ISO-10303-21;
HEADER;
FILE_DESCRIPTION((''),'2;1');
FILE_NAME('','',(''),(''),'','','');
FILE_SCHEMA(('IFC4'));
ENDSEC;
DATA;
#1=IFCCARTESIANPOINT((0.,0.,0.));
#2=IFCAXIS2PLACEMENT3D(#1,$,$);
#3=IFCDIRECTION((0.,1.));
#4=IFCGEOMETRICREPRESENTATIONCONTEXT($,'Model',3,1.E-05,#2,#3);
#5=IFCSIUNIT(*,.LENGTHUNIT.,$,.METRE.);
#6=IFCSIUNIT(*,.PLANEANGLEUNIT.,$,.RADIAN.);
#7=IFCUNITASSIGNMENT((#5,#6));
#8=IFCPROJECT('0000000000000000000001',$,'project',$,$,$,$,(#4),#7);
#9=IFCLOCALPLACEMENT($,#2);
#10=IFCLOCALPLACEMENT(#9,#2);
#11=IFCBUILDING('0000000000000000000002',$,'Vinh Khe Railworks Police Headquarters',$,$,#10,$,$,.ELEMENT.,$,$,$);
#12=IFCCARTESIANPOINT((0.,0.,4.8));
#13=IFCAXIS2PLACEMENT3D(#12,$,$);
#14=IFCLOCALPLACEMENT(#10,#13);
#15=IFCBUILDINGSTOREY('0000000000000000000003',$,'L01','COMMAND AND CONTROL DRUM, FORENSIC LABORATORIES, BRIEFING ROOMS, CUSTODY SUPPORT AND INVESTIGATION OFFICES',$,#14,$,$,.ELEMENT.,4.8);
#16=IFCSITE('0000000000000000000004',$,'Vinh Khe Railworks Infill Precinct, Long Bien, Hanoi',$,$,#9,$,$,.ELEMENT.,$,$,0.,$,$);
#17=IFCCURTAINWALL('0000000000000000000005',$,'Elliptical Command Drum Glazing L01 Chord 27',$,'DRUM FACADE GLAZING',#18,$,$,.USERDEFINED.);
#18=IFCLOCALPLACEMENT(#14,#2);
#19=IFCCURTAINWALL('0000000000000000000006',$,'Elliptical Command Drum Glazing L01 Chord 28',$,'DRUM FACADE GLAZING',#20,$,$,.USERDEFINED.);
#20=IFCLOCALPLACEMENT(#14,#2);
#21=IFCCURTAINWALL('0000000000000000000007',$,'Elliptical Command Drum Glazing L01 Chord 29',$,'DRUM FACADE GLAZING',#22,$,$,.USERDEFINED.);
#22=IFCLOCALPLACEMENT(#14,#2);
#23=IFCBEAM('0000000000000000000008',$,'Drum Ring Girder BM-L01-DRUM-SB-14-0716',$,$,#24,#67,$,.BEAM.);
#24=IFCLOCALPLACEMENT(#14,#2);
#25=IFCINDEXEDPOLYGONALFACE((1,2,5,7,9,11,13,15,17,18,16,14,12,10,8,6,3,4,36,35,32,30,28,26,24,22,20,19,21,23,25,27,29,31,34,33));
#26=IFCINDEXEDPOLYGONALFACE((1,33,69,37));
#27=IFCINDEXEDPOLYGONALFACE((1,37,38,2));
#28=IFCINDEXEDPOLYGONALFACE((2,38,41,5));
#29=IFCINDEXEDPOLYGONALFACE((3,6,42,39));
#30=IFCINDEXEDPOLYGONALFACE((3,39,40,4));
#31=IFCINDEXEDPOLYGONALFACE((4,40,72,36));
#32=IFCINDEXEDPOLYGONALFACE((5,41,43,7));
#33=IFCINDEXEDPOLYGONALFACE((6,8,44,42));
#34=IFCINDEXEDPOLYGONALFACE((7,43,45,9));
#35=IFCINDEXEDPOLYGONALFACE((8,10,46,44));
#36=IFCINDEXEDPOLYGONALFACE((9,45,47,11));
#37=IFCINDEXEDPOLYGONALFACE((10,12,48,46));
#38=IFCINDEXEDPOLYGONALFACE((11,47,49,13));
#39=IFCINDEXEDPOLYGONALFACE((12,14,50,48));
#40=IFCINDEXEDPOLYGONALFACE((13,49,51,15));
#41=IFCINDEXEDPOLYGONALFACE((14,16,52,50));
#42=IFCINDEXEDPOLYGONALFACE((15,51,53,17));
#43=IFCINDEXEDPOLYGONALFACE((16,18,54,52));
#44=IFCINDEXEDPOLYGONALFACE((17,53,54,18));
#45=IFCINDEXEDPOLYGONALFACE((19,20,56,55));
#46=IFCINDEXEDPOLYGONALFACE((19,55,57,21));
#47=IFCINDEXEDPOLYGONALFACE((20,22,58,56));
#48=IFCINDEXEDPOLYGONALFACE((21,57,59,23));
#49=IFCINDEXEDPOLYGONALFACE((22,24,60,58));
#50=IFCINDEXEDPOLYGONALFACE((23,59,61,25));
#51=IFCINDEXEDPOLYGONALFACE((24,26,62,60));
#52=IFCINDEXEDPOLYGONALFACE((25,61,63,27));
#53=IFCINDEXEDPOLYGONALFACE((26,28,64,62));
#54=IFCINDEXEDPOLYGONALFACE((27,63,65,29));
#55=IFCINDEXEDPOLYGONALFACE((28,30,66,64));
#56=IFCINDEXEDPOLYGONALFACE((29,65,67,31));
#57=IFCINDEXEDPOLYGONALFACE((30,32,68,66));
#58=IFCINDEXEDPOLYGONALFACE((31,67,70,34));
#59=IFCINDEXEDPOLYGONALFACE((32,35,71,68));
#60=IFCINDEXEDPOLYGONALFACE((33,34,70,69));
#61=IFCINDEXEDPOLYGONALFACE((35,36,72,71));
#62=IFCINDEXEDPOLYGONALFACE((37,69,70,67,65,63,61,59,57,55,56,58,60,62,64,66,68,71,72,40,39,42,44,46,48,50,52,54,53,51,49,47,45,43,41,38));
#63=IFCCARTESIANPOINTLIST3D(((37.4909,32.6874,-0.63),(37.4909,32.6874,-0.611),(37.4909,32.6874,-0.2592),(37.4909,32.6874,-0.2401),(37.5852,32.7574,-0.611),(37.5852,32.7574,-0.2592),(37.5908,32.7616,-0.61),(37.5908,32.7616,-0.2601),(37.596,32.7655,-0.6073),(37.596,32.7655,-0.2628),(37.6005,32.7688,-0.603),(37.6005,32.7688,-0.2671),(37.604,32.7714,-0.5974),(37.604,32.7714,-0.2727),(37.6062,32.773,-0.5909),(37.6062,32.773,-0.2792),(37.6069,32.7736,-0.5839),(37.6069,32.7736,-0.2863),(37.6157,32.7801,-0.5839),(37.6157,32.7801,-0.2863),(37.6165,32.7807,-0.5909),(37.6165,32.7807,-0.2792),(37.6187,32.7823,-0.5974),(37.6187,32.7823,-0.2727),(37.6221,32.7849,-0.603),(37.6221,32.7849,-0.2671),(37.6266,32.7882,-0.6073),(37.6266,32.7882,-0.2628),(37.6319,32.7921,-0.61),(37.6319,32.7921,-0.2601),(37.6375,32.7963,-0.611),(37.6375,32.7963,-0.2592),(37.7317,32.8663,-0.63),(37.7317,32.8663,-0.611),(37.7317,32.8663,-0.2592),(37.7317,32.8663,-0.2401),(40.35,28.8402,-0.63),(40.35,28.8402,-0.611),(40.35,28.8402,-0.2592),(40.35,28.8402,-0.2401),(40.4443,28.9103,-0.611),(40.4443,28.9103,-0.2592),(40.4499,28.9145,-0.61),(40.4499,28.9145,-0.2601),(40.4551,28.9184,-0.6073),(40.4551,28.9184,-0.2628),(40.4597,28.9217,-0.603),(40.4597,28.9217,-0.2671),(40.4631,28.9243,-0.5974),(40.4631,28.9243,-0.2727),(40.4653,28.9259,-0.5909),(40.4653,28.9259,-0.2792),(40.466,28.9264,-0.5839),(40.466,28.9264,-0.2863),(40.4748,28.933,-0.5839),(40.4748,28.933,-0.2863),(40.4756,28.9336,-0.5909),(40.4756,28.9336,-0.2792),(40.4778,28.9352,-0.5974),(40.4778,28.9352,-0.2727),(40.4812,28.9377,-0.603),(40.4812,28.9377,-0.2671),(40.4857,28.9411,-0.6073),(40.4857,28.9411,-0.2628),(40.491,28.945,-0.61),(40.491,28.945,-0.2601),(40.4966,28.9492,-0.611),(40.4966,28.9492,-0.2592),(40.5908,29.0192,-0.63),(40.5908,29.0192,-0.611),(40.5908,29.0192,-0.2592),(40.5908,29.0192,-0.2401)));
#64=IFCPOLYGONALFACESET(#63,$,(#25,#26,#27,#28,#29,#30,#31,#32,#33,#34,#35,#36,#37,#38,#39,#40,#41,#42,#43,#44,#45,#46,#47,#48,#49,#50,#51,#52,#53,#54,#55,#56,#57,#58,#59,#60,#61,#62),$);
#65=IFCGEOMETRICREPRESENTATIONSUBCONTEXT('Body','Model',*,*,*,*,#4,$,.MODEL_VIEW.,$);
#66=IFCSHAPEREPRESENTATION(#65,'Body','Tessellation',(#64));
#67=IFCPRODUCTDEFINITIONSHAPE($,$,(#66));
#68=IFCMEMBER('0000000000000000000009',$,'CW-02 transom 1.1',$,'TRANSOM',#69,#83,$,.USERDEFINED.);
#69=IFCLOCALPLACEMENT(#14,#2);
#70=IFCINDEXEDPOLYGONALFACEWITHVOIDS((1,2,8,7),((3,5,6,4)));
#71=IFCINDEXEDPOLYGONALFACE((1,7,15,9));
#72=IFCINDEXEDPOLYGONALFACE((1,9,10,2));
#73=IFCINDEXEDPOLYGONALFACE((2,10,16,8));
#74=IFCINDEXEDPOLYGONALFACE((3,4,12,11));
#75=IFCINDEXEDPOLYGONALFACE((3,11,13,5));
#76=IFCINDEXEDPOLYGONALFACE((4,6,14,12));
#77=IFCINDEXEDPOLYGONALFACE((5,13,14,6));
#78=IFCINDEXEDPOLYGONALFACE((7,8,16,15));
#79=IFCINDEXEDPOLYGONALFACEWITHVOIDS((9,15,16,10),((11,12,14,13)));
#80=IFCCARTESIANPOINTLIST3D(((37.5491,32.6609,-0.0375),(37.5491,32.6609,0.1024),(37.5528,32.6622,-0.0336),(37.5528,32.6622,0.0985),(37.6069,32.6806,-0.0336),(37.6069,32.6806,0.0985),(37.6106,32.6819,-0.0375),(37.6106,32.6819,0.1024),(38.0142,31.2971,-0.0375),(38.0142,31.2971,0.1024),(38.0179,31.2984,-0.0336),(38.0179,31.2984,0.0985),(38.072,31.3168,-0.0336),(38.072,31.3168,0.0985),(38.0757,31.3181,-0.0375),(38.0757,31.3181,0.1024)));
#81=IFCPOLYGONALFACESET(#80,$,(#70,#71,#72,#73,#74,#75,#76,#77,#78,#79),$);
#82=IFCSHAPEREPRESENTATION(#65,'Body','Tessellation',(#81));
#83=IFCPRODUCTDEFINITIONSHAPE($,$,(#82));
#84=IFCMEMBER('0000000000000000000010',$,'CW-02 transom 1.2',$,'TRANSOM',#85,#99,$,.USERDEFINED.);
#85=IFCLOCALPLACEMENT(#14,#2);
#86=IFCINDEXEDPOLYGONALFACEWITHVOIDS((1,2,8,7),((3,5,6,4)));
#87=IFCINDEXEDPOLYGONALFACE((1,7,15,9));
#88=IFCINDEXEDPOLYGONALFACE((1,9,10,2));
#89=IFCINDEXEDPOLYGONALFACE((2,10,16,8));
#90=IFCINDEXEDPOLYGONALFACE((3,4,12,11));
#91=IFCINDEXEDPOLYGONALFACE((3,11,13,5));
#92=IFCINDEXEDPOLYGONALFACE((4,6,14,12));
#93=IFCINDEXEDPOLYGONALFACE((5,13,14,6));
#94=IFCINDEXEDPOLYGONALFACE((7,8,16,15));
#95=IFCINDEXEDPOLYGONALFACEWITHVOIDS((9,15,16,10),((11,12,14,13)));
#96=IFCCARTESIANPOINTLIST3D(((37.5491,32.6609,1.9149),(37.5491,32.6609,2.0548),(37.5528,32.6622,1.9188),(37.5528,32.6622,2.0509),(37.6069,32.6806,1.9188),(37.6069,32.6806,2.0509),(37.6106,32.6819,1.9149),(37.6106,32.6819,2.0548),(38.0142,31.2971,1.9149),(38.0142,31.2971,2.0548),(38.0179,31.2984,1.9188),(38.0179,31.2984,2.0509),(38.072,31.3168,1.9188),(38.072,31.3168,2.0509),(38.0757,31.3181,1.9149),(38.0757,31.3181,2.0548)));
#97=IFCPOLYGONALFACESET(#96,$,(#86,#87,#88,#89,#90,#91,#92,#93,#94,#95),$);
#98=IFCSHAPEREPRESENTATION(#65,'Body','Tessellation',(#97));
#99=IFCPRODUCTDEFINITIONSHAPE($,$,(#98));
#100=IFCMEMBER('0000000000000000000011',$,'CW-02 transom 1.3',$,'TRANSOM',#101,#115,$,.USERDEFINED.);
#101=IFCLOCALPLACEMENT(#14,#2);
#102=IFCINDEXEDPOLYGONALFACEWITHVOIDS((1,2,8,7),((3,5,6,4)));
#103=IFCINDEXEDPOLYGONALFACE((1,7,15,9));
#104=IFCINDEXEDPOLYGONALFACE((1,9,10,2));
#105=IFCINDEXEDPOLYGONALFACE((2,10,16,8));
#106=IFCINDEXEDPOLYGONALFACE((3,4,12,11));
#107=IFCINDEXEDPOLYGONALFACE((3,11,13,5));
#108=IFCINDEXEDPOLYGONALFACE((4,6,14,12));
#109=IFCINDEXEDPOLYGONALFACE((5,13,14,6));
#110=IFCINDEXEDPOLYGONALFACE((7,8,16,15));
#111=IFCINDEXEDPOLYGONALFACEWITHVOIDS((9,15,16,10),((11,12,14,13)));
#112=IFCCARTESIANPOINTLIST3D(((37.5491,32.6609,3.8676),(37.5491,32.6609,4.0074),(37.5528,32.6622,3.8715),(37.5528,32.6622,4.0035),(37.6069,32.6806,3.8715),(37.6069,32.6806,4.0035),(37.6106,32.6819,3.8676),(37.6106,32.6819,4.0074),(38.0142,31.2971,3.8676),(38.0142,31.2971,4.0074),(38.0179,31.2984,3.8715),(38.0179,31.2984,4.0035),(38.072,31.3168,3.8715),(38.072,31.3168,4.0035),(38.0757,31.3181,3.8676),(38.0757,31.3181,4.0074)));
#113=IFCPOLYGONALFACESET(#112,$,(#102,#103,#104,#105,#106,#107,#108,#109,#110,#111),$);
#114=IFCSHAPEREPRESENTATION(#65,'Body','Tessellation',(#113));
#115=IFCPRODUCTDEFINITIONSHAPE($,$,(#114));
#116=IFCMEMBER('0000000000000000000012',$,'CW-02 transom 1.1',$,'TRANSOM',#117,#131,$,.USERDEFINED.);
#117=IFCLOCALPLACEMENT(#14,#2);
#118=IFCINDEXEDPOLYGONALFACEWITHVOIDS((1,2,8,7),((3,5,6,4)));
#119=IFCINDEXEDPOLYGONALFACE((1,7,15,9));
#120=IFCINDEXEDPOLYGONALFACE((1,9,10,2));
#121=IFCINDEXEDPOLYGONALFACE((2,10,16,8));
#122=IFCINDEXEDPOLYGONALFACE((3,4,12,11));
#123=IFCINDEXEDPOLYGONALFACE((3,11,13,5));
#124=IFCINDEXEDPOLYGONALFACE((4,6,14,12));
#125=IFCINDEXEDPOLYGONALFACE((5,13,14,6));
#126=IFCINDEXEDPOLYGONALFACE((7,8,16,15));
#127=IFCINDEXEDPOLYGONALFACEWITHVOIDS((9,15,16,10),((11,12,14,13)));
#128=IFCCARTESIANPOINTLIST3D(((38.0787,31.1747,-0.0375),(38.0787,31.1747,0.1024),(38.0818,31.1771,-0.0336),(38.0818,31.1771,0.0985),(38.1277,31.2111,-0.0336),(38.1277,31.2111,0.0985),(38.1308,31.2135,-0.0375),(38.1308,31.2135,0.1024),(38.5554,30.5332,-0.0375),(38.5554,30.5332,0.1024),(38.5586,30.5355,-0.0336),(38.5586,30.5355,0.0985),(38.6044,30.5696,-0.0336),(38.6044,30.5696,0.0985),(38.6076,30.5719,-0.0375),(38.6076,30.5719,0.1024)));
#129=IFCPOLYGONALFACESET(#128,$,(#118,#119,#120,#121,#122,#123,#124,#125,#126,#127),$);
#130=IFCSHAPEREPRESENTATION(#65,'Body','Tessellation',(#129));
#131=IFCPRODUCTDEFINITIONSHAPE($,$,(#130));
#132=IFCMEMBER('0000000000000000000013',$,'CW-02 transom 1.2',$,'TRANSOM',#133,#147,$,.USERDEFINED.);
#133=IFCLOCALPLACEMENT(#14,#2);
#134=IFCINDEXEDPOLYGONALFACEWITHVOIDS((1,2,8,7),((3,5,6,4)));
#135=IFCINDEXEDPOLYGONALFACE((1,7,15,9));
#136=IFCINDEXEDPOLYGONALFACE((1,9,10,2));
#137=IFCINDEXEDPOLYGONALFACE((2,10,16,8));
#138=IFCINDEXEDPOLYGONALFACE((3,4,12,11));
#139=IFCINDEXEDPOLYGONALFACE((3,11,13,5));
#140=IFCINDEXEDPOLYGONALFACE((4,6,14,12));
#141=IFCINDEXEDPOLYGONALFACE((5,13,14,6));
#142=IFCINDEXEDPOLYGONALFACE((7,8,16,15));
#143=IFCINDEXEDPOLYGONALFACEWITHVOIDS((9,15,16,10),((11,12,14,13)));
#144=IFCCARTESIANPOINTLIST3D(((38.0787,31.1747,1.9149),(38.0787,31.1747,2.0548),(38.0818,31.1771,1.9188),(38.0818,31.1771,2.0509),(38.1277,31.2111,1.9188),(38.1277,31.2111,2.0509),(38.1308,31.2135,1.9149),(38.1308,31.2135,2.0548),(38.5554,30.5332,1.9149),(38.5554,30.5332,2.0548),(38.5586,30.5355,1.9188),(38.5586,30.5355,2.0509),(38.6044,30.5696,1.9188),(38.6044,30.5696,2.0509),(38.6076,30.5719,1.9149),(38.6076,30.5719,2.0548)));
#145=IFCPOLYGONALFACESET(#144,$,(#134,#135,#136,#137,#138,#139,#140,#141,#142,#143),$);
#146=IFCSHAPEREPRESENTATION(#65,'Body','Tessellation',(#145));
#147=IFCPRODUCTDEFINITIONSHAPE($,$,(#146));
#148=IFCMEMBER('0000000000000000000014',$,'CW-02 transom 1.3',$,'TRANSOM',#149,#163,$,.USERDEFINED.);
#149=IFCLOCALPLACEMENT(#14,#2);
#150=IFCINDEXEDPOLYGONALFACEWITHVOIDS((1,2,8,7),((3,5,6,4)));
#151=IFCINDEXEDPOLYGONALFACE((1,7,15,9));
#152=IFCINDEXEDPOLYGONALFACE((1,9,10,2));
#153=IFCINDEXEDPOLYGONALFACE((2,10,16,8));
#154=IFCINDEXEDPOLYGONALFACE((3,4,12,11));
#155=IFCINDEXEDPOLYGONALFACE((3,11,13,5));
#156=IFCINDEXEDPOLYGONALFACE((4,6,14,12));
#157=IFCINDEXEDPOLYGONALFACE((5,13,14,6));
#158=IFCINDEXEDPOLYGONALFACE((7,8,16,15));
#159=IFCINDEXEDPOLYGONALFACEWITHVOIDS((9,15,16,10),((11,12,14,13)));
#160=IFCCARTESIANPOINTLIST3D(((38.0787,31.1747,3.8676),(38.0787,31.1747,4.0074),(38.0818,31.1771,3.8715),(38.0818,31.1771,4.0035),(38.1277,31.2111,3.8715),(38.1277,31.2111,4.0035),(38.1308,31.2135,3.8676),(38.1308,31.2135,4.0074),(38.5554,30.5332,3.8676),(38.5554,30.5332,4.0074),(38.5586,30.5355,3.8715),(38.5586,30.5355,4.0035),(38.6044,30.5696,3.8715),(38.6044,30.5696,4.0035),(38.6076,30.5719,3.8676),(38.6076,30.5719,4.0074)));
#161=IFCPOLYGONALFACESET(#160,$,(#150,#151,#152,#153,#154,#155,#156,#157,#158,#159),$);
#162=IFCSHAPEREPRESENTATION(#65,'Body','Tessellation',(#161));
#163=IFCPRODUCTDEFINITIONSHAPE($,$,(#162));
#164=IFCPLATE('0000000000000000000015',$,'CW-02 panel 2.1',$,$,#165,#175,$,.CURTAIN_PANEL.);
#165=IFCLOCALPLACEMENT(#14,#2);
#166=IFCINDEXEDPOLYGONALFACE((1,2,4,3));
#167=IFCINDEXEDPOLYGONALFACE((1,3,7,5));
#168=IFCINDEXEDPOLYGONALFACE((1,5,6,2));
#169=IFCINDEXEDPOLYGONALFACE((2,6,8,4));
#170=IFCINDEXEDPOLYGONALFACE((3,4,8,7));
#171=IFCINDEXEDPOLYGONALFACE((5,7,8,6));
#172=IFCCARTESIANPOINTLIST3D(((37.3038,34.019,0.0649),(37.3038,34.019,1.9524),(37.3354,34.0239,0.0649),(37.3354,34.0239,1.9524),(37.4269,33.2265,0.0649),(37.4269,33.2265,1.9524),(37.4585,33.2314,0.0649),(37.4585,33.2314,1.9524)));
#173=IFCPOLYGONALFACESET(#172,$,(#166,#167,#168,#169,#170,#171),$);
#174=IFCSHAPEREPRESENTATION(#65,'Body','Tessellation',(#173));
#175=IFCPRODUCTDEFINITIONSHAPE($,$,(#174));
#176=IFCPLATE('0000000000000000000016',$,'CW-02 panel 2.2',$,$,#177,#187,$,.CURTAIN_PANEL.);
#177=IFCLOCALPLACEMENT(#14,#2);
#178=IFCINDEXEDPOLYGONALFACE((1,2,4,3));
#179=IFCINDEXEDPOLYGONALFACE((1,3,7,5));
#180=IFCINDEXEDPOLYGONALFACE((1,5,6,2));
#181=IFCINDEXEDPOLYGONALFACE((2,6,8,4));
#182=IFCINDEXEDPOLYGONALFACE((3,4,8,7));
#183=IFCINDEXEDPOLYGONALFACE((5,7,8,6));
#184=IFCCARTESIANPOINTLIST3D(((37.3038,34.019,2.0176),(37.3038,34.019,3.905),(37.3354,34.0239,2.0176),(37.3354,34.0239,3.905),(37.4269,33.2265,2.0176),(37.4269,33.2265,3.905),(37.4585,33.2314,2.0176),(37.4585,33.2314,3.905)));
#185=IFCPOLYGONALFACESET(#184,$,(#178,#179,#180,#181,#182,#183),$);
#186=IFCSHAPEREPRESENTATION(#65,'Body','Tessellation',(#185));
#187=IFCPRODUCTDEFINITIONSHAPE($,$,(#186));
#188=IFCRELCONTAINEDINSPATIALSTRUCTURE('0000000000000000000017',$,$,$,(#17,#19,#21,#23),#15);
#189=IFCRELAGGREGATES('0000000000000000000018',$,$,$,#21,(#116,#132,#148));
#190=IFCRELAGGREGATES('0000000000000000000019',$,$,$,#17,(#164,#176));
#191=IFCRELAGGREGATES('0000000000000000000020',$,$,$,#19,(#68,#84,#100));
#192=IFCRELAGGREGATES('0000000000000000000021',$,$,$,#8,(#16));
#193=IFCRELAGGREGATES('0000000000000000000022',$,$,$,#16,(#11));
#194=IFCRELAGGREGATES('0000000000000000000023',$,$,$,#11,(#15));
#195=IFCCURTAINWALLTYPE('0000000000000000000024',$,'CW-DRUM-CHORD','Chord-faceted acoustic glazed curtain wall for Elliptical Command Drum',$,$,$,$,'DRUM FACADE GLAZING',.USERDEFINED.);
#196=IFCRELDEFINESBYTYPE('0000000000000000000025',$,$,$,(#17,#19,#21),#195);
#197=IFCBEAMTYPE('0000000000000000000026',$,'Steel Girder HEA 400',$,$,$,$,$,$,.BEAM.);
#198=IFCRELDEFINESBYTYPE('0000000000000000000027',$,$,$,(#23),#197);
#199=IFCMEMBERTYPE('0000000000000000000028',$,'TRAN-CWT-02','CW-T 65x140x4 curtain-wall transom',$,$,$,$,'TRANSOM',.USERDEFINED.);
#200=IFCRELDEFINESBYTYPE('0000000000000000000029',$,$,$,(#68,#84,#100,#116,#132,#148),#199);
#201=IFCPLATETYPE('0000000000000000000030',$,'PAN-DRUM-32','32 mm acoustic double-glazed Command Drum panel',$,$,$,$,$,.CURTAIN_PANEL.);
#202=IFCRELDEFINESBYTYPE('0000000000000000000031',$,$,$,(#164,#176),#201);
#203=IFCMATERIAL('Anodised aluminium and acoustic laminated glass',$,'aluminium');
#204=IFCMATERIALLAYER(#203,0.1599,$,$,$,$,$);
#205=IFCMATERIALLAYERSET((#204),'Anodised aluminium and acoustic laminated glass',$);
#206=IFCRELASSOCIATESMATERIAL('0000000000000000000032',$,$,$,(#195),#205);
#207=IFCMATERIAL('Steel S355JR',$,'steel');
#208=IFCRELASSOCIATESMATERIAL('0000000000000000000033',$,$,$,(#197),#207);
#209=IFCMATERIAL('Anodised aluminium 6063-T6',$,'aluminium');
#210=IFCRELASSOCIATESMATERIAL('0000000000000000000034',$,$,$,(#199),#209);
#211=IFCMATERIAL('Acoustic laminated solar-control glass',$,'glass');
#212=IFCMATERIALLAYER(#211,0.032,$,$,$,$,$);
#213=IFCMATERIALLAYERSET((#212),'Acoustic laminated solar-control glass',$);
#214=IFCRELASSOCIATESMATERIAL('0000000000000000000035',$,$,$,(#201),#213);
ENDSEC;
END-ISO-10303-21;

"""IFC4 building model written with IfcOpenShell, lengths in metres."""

from ifc_helpers import new_model, si_unit, direction, frame, origin, origin_2d, place, context, subcontext, project, spatial, rectangle, hollow_rectangle, i_section, extrude, material, layer, layer_set, material_profile, profile_set, type_object, element, aggregate, save


model = new_model("IFC4")

# Units and contexts
model_context = context("Model", 3, precision=1e-05, world=origin(), true_north=direction((0.0, 1.0)))
body_context = subcontext(model_context, "Body", "Model", "MODEL_VIEW")
ifc_project = project(units=[si_unit("LENGTHUNIT", "METRE"), si_unit("PLANEANGLEUNIT", "RADIAN")], contexts=[model_context])

# Site, building, storey
site_placement = place(None, origin())
site = spatial("IfcSite", under=ifc_project, at=site_placement, Name="Vinh Khe Railworks Infill Precinct, Long Bien, Hanoi", CompositionType="ELEMENT", RefElevation=0.0)
building_placement = place(site_placement, origin())
building = spatial("IfcBuilding", under=site, at=building_placement, Name="Vinh Khe Railworks Police Headquarters", CompositionType="ELEMENT")
storey_placement = place(building_placement, frame((0.0, 0.0, 4.8)))
storey = spatial("IfcBuildingStorey", under=building, at=storey_placement, Name="L01", Description="COMMAND AND CONTROL DRUM, FORENSIC LABORATORIES, BRIEFING ROOMS, CUSTODY SUPPORT AND INVESTIGATION OFFICES", CompositionType="ELEMENT", Elevation=4.8)

# Shared definitions
ifc_material_1 = material(Name="Steel S355JR", Category="steel")

# Curtain wall
ifc_material_2 = material(Name="Anodised aluminium and acoustic laminated glass", Category="aluminium")
ifc_layer_1 = layer(ifc_material_2, 0.1599)
ifc_layer_set_1 = layer_set([ifc_layer_1], Name="Anodised aluminium and acoustic laminated glass")
curtain_wall_type = type_object("IfcCurtainWallType", Name="CW-DRUM-CHORD", Description="Chord-faceted acoustic glazed curtain wall for Elliptical Command Drum", ElementType="DRUM FACADE GLAZING", PredefinedType="USERDEFINED", material=ifc_layer_set_1)
curtain_wall_1_placement = place(storey_placement, origin())
curtain_wall_1 = element("IfcCurtainWall", 1, at=curtain_wall_1_placement, inside=storey, type_object=curtain_wall_type, Name="Elliptical Command Drum Glazing L01 Chord 27", ObjectType="DRUM FACADE GLAZING", PredefinedType="USERDEFINED")
ifc_material_3 = material(Name="Anodised aluminium 6063-T6", Category="aluminium")

# Curtain wall
curtain_wall_2_placement = place(storey_placement, origin())
curtain_wall_2 = element("IfcCurtainWall", 2, at=curtain_wall_2_placement, inside=storey, type_object=curtain_wall_type, Name="Elliptical Command Drum Glazing L01 Chord 28", ObjectType="DRUM FACADE GLAZING", PredefinedType="USERDEFINED")

# Curtain wall
curtain_wall_3_placement = place(storey_placement, origin())
curtain_wall_3 = element("IfcCurtainWall", 3, at=curtain_wall_3_placement, inside=storey, type_object=curtain_wall_type, Name="Elliptical Command Drum Glazing L01 Chord 29", ObjectType="DRUM FACADE GLAZING", PredefinedType="USERDEFINED")

# Beam
ifc_material_profile_1 = material_profile(ifc_material_1, i_section(OverallWidth=0.3, OverallDepth=0.3899, WebThickness=0.011, FlangeThickness=0.019, FilletRadius=0.0271, at=origin_2d()), Name="HEA 400")
ifc_profile_set_1 = profile_set([ifc_material_profile_1], Name="Steel S355JR")
beam_type = type_object("IfcBeamType", Name="Steel Girder HEA 400", PredefinedType="BEAM", material=ifc_profile_set_1)
beam_placement = place(storey_placement, frame((37.6113, 32.7769, -0.4351), z_axis=(0.59649, -0.802621, 0.0), x_axis=(0.802621, 0.59649, 0.0)))
element("IfcBeam", 4, at=beam_placement, inside=storey, type_object=beam_type, Name="Drum Ring Girder BM-L01-DRUM-SB-14-0716", PredefinedType="BEAM", context=body_context, shape_type="SweptSolid", body=[
    extrude(i_section(OverallWidth=0.3, OverallDepth=0.3899, WebThickness=0.011, FlangeThickness=0.019, FilletRadius=0.0271, at=origin_2d()), origin(), (0.0, 0.0, 1.0), 4.7932),
])

# Members
ifc_material_profile_2 = material_profile(ifc_material_3, hollow_rectangle(XDim=0.0649, YDim=0.1399, WallThickness=0.0039, at=origin_2d()), Name="CW-T 65x140x4")
ifc_profile_set_2 = profile_set([ifc_material_profile_2], Name="Anodised aluminium 6063-T6")
member_type_1 = type_object("IfcMemberType", Name="TRAN-CWT-02", Description="CW-T 65x140x4 curtain-wall transom", ElementType="TRANSOM", PredefinedType="USERDEFINED", material=ifc_profile_set_2)
member_1_placement = place(storey_placement, frame((37.5798, 32.6714, 0.0325), z_axis=(0.322777, -0.946475, 0.0), x_axis=(0.946475, 0.322777, 0.0)))
member_1 = element("IfcMember", 5, at=member_1_placement, type_object=member_type_1, Name="CW-02 transom 1.1", ObjectType="TRANSOM", PredefinedType="USERDEFINED", context=body_context, shape_type="SweptSolid", body=[
    extrude(hollow_rectangle(XDim=0.0649, YDim=0.1399, WallThickness=0.0039, at=origin_2d()), origin(), (0.0, 0.0, 1.0), 1.4409),
])
member_2_placement = place(storey_placement, frame((37.5798, 32.6714, 1.9849), z_axis=(0.322777, -0.946475, 0.0), x_axis=(0.946475, 0.322777, 0.0)))
member_2 = element("IfcMember", 6, at=member_2_placement, type_object=member_type_1, Name="CW-02 transom 1.2", ObjectType="TRANSOM", PredefinedType="USERDEFINED", context=body_context, shape_type="SweptSolid", body=[
    extrude(hollow_rectangle(XDim=0.0649, YDim=0.1399, WallThickness=0.0039, at=origin_2d()), origin(), (0.0, 0.0, 1.0), 1.4409),
])
member_3_placement = place(storey_placement, frame((37.5798, 32.6714, 3.9375), z_axis=(0.322777, -0.946475, 0.0), x_axis=(0.946475, 0.322777, 0.0)))
member_3 = element("IfcMember", 7, at=member_3_placement, type_object=member_type_1, Name="CW-02 transom 1.3", ObjectType="TRANSOM", PredefinedType="USERDEFINED", context=body_context, shape_type="SweptSolid", body=[
    extrude(hollow_rectangle(XDim=0.0649, YDim=0.1399, WallThickness=0.0039, at=origin_2d()), origin(), (0.0, 0.0, 1.0), 1.4409),
])
member_4_placement = place(storey_placement, frame((38.1047, 31.1941, 0.0325), z_axis=(0.596476, -0.802631, 0.0), x_axis=(0.802631, 0.596476, 0.0)))
member_4 = element("IfcMember", 8, at=member_4_placement, type_object=member_type_1, Name="CW-02 transom 1.1", ObjectType="TRANSOM", PredefinedType="USERDEFINED", context=body_context, shape_type="SweptSolid", body=[
    extrude(hollow_rectangle(XDim=0.0649, YDim=0.1399, WallThickness=0.0039, at=origin_2d()), origin(), (0.0, 0.0, 1.0), 0.7993),
])
member_5_placement = place(storey_placement, frame((38.1047, 31.1941, 1.9849), z_axis=(0.596476, -0.802631, 0.0), x_axis=(0.802631, 0.596476, 0.0)))
member_5 = element("IfcMember", 9, at=member_5_placement, type_object=member_type_1, Name="CW-02 transom 1.2", ObjectType="TRANSOM", PredefinedType="USERDEFINED", context=body_context, shape_type="SweptSolid", body=[
    extrude(hollow_rectangle(XDim=0.0649, YDim=0.1399, WallThickness=0.0039, at=origin_2d()), origin(), (0.0, 0.0, 1.0), 0.7993),
])
member_6_placement = place(storey_placement, frame((38.1047, 31.1941, 3.9375), z_axis=(0.596476, -0.802631, 0.0), x_axis=(0.802631, 0.596476, 0.0)))
member_6 = element("IfcMember", 10, at=member_6_placement, type_object=member_type_1, Name="CW-02 transom 1.3", ObjectType="TRANSOM", PredefinedType="USERDEFINED", context=body_context, shape_type="SweptSolid", body=[
    extrude(hollow_rectangle(XDim=0.0649, YDim=0.1399, WallThickness=0.0039, at=origin_2d()), origin(), (0.0, 0.0, 1.0), 0.7993),
])
aggregate(curtain_wall_3, [member_4, member_5, member_6])

# Plates
ifc_material_4 = material(Name="Acoustic laminated solar-control glass", Category="glass")
ifc_layer_2 = layer(ifc_material_4, 0.032)
ifc_layer_set_2 = layer_set([ifc_layer_2], Name="Acoustic laminated solar-control glass")
plate_type_1 = type_object("IfcPlateType", Name="PAN-DRUM-32", Description="32 mm acoustic double-glazed Command Drum panel", PredefinedType="CURTAIN_PANEL", material=ifc_layer_set_2)
plate_1_placement = place(storey_placement, frame((37.3811, 33.6252, 0.0649), z_axis=(0.0, 0.0, 1.0), x_axis=(0.15349, -0.98815, 0.0)))
plate_1 = element("IfcPlate", 11, at=plate_1_placement, type_object=plate_type_1, Name="CW-02 panel 2.1", PredefinedType="CURTAIN_PANEL", context=body_context, shape_type="SweptSolid", body=[
    extrude(rectangle(XDim=0.802, YDim=0.032, at=origin_2d()), origin(), (0.0, 0.0, 1.0), 1.8875),
])
plate_2_placement = place(storey_placement, frame((37.3811, 33.6252, 2.0176), z_axis=(0.0, 0.0, 1.0), x_axis=(0.15349, -0.98815, 0.0)))
plate_2 = element("IfcPlate", 12, at=plate_2_placement, type_object=plate_type_1, Name="CW-02 panel 2.2", PredefinedType="CURTAIN_PANEL", context=body_context, shape_type="SweptSolid", body=[
    extrude(rectangle(XDim=0.802, YDim=0.032, at=origin_2d()), origin(), (0.0, 0.0, 1.0), 1.8875),
])
aggregate(curtain_wall_1, [plate_1, plate_2])
aggregate(curtain_wall_2, [member_1, member_2, member_3])

save(model, "model.ifc")
